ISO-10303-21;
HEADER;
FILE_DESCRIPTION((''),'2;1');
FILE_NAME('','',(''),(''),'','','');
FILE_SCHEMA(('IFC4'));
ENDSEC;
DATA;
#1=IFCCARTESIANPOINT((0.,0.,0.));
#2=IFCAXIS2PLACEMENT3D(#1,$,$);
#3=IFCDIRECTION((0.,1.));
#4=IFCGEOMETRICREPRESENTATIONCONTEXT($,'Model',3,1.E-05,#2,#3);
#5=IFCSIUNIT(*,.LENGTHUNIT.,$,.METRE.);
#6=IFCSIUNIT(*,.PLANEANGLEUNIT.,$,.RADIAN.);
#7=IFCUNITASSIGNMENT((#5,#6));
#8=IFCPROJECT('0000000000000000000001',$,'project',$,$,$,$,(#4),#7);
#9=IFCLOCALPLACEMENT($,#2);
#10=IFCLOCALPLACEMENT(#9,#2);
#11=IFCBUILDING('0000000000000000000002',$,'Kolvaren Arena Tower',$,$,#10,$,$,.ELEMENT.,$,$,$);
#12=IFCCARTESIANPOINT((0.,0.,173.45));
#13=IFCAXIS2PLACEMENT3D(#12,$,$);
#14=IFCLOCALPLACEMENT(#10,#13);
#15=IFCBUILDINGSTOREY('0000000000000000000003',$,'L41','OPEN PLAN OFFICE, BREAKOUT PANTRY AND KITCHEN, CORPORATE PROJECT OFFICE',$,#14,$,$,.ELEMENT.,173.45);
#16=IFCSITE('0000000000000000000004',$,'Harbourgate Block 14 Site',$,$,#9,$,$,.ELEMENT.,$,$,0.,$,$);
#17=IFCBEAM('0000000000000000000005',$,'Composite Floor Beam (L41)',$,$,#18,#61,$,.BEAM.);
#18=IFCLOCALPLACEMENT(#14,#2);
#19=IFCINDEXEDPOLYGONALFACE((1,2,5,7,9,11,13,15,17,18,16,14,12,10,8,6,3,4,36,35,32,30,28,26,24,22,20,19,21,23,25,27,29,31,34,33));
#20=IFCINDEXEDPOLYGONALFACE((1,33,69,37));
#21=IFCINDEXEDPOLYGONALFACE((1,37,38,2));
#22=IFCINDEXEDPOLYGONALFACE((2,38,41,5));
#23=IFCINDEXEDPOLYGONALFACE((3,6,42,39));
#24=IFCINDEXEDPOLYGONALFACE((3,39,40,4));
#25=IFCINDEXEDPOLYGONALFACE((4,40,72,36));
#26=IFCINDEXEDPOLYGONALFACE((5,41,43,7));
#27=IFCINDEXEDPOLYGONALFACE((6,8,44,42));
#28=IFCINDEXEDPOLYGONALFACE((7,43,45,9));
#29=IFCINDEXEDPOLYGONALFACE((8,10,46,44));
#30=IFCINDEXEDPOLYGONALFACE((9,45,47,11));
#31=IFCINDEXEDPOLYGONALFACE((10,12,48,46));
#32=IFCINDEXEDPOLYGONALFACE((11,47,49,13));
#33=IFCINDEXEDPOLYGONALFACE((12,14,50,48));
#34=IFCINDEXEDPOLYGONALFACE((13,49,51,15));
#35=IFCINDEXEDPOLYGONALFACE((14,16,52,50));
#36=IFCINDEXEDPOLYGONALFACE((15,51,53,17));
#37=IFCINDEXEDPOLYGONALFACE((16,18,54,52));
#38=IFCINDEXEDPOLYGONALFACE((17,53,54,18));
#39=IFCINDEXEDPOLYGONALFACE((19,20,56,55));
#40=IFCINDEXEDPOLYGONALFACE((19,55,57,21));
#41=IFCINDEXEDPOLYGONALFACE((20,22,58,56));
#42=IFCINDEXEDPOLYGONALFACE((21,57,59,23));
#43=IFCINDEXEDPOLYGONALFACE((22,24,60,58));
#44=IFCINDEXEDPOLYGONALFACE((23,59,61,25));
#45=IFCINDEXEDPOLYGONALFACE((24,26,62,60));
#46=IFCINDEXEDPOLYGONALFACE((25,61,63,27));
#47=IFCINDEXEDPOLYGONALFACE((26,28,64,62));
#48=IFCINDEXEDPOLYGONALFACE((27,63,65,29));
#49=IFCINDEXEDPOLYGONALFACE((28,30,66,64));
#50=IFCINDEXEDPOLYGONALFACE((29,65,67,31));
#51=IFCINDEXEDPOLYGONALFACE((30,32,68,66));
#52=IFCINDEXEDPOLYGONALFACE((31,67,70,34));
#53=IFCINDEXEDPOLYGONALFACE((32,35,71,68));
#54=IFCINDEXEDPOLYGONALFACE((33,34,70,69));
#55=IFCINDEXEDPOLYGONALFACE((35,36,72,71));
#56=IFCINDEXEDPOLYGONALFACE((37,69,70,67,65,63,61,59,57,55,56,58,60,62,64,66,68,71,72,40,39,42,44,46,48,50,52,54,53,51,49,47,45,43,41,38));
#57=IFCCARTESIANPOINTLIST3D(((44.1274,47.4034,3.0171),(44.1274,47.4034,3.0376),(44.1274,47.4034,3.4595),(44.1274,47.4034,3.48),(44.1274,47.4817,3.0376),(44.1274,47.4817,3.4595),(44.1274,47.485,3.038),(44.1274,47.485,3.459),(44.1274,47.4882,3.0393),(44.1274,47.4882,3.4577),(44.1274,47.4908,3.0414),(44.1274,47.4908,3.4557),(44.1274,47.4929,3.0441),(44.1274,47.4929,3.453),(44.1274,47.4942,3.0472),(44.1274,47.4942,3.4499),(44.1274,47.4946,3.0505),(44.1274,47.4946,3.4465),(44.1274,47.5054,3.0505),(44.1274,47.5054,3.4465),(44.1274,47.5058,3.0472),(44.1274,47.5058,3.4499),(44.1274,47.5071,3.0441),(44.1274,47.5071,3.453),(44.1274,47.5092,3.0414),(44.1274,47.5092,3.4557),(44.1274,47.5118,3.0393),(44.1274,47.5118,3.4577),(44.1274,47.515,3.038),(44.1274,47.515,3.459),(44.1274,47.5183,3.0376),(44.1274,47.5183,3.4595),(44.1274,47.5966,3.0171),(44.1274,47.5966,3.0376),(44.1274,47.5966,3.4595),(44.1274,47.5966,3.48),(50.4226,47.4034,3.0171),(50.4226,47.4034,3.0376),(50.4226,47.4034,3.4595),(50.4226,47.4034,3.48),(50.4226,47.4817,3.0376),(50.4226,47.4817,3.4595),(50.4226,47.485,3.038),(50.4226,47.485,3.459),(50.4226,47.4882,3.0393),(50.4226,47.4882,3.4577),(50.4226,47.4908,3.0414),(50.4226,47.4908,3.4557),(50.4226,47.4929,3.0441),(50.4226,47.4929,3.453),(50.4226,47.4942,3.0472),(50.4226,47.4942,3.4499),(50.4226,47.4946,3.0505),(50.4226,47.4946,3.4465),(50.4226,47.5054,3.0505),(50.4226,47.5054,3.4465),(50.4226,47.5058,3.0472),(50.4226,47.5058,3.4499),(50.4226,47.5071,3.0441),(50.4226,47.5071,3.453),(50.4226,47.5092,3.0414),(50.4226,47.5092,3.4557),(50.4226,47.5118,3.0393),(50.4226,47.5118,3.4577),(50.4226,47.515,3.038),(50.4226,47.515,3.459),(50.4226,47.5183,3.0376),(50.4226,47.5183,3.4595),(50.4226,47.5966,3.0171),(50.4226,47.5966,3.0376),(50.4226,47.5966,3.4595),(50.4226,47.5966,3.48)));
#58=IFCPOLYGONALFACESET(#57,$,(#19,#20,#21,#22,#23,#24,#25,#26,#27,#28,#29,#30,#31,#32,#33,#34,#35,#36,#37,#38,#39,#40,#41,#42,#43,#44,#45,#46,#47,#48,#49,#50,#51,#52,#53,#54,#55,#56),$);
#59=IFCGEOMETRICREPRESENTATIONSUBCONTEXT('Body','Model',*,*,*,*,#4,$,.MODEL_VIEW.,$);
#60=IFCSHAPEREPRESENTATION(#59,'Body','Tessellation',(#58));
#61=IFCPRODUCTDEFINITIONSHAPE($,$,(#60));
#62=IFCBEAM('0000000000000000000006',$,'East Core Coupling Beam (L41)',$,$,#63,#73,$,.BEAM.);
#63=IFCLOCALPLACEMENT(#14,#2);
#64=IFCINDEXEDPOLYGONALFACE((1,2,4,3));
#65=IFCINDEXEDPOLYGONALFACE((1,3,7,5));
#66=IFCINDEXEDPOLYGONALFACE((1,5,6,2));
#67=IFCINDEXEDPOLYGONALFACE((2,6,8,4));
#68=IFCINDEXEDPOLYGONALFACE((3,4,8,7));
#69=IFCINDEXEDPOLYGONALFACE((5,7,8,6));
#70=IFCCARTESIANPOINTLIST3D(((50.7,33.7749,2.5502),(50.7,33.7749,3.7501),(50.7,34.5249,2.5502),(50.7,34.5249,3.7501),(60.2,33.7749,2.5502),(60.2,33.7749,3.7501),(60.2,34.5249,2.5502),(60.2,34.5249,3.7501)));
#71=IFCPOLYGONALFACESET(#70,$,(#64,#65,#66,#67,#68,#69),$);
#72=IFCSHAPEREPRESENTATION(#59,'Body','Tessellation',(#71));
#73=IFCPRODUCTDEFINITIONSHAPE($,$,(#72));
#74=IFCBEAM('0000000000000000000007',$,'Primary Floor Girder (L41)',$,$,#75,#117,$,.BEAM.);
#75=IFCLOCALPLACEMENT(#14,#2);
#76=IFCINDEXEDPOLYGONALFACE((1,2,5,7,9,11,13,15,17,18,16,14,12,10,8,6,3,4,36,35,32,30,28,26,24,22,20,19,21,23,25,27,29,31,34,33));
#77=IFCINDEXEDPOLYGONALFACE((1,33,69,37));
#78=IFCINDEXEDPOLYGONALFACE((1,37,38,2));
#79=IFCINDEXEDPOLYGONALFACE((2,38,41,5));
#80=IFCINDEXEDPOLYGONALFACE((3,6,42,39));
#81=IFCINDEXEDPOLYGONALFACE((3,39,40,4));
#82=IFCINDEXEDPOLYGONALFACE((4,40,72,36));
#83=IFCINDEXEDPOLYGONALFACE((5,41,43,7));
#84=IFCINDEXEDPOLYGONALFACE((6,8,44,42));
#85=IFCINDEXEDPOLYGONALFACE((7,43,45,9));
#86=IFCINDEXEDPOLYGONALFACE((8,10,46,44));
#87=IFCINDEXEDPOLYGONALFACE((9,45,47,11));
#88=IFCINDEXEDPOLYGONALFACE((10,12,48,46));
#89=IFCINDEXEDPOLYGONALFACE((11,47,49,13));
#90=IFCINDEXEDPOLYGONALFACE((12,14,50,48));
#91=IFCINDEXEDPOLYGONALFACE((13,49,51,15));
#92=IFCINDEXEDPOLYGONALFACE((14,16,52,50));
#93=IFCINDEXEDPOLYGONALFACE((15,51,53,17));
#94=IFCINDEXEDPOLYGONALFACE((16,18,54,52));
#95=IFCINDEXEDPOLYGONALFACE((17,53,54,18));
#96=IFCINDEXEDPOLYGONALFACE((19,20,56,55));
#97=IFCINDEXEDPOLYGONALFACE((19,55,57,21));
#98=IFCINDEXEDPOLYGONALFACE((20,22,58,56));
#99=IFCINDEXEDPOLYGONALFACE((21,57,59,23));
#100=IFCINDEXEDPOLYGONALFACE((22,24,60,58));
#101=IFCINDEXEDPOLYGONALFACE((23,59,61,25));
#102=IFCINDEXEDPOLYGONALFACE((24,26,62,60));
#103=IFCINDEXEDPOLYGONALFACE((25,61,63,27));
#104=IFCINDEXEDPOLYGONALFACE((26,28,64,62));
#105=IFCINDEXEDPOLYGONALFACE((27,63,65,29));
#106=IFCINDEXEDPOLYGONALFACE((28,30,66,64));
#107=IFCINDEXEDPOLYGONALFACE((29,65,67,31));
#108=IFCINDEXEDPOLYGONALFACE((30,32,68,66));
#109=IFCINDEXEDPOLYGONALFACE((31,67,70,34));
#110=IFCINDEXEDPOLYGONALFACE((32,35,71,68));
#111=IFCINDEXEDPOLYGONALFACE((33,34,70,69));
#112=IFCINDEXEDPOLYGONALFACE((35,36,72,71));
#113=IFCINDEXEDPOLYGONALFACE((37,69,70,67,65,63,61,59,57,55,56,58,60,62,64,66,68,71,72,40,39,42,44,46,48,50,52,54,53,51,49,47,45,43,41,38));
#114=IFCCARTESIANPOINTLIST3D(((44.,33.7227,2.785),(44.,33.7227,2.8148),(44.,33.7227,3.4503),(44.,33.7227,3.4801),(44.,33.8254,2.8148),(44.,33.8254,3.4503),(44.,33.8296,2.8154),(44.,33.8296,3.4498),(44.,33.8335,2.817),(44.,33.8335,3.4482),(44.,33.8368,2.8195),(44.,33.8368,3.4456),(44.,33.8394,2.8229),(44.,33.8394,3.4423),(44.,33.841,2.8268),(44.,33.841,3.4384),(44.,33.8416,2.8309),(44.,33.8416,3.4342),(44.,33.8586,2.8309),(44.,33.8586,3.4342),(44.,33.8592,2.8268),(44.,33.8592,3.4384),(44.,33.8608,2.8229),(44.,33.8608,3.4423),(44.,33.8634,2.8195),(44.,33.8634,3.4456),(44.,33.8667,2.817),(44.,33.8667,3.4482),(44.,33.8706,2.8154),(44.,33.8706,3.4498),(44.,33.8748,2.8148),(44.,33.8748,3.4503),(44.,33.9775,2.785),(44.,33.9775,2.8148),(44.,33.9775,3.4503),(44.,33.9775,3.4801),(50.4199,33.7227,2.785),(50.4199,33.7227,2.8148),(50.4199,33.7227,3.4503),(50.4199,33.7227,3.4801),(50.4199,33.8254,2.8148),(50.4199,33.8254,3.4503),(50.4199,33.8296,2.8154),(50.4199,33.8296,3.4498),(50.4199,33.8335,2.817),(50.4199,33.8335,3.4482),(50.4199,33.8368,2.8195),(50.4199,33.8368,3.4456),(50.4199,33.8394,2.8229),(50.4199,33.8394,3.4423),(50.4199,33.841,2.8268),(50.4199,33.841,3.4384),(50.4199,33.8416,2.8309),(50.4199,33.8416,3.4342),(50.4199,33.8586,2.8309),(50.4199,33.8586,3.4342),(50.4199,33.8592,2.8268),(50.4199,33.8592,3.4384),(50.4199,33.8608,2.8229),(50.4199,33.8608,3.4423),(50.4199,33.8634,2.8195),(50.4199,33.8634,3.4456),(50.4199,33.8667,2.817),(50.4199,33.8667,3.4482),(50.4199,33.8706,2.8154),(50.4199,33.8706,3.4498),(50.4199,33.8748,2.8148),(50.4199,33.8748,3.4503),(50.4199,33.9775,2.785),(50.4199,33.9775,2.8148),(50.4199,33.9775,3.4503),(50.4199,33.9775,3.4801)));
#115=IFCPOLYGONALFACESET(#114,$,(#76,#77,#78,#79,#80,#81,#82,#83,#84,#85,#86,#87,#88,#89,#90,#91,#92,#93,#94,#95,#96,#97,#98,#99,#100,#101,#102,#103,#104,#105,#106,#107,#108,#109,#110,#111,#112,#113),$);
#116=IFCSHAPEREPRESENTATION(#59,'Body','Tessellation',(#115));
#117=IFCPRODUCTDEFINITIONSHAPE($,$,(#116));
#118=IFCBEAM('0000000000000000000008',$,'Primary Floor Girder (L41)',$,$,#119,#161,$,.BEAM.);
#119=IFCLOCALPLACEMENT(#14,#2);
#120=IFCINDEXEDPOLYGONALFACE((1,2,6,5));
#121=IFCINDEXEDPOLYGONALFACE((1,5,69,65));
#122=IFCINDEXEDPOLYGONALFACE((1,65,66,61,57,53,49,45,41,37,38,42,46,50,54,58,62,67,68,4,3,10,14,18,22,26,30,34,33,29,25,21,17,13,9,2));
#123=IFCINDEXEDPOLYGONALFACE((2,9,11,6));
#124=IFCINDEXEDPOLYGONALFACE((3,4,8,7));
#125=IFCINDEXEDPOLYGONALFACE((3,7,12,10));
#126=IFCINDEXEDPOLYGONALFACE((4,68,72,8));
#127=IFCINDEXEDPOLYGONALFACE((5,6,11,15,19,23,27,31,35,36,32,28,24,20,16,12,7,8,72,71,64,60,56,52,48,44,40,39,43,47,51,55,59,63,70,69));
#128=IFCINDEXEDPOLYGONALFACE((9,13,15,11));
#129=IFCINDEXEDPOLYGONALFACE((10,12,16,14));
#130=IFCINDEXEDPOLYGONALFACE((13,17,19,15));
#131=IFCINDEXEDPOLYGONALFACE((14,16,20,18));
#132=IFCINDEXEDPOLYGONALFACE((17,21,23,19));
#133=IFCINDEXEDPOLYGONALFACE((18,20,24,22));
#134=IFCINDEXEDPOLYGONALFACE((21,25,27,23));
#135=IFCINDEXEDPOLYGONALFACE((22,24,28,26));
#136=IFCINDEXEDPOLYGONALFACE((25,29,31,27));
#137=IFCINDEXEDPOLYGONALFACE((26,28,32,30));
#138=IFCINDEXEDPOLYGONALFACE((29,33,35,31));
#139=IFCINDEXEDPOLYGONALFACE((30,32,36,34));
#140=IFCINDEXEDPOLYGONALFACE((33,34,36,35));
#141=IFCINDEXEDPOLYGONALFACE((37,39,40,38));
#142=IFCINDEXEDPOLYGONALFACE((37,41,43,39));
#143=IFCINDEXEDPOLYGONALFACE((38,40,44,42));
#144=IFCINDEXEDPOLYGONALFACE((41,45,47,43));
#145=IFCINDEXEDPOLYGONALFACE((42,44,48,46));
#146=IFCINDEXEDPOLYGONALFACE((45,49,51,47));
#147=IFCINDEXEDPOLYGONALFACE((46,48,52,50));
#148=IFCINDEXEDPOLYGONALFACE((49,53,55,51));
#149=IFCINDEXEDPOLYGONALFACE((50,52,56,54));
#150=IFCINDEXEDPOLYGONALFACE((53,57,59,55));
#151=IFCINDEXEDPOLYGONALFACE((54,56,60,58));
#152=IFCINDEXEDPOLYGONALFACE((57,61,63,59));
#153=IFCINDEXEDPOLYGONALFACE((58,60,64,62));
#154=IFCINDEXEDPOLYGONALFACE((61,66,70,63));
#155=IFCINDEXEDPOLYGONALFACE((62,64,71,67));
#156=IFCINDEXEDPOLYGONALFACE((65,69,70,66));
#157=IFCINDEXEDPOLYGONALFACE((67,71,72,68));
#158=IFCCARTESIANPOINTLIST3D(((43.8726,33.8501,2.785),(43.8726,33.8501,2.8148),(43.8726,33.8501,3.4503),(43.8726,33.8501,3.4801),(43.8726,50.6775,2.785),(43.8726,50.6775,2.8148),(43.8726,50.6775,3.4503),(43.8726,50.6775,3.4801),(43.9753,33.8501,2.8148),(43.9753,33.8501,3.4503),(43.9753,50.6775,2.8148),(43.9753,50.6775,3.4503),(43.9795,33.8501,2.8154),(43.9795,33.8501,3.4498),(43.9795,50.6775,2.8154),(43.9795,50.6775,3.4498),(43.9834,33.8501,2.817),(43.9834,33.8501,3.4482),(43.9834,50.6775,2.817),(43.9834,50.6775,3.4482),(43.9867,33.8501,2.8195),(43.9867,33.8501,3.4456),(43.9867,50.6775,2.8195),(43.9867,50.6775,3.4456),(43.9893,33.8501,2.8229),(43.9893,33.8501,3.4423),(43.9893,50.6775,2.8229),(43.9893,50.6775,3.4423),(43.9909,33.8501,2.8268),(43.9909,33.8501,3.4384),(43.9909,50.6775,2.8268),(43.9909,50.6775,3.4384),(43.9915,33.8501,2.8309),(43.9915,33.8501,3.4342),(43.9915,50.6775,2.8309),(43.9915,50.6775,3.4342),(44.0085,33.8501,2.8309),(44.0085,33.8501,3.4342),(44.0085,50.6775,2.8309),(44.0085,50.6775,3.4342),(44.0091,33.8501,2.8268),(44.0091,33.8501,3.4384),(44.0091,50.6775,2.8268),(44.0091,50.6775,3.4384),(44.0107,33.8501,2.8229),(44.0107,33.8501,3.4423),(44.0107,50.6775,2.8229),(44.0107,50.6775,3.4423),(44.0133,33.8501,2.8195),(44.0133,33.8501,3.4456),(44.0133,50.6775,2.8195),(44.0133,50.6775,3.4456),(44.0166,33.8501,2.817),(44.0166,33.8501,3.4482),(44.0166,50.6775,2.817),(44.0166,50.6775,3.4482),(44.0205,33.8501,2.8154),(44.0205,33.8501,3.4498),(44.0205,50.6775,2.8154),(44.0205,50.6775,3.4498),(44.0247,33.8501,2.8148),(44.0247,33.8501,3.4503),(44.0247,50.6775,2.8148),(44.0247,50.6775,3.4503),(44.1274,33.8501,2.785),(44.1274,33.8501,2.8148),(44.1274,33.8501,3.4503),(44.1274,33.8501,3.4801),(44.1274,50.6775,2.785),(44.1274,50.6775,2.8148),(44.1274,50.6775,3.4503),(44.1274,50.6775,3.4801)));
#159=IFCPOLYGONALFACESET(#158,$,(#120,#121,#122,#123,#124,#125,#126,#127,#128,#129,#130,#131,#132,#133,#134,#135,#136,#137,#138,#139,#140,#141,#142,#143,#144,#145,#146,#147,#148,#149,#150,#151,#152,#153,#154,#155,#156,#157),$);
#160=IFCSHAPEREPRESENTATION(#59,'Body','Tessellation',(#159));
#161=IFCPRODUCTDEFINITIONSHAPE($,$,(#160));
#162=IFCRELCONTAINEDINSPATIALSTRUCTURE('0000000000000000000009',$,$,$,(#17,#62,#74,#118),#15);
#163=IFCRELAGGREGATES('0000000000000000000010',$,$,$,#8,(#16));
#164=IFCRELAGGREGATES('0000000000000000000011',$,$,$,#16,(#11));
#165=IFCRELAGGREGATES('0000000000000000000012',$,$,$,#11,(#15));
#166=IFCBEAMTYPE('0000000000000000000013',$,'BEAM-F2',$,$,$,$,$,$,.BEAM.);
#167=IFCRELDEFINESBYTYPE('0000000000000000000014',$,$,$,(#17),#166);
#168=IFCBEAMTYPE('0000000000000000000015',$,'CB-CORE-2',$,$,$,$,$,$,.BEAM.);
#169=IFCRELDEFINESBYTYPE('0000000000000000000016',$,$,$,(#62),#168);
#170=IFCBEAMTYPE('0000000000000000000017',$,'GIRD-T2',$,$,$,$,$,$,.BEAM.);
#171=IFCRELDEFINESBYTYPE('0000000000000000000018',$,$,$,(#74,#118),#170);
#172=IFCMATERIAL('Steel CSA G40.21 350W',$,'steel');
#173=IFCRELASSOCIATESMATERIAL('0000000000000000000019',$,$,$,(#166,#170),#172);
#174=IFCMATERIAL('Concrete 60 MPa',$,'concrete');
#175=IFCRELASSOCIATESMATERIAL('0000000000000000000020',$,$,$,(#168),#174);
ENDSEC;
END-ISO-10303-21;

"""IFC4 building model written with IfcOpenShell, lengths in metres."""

from ifc_helpers import new_model, si_unit, direction, frame, origin, origin_2d, place, context, subcontext, project, spatial, rectangle, i_section, extrude, material, material_profile, profile_set, type_object, element, save


model = new_model("IFC4")

# Units and contexts
model_context = context("Model", 3, precision=1e-05, world=origin(), true_north=direction((0.0, 1.0)))
body_context = subcontext(model_context, "Body", "Model", "MODEL_VIEW")
ifc_project = project(units=[si_unit("LENGTHUNIT", "METRE"), si_unit("PLANEANGLEUNIT", "RADIAN")], contexts=[model_context])

# Site, building, storey
site_placement = place(None, origin())
site = spatial("IfcSite", under=ifc_project, at=site_placement, Name="Harbourgate Block 14 Site", CompositionType="ELEMENT", RefElevation=0.0)
building_placement = place(site_placement, origin())
building = spatial("IfcBuilding", under=site, at=building_placement, Name="Kolvaren Arena Tower", CompositionType="ELEMENT")
storey_placement = place(building_placement, frame((0.0, 0.0, 173.45)))
storey = spatial("IfcBuildingStorey", under=building, at=storey_placement, Name="L41", Description="OPEN PLAN OFFICE, BREAKOUT PANTRY AND KITCHEN, CORPORATE PROJECT OFFICE", CompositionType="ELEMENT", Elevation=173.45)

# Beams
ifc_material_1 = material(Name="Steel CSA G40.21 350W", Category="steel")
ifc_material_profile_1 = material_profile(ifc_material_1, i_section(OverallWidth=0.1931, OverallDepth=0.4629, WebThickness=0.0107, FlangeThickness=0.0205, FilletRadius=0.0129, at=origin_2d()), Name="W460x113")
ifc_profile_set_1 = profile_set([ifc_material_profile_1], Name="Steel CSA G40.21 350W")
beam_type_1 = type_object("IfcBeamType", Name="BEAM-F2", PredefinedType="BEAM", material=ifc_profile_set_1)
beam_1_placement = place(storey_placement, frame((44.1274, 47.5, 3.2485), z_axis=(1.0, 0.0, 0.0), x_axis=(0.0, 1.0, 0.0)))
element("IfcBeam", 1, at=beam_1_placement, inside=storey, type_object=beam_type_1, Name="Composite Floor Beam (L41)", PredefinedType="BEAM", context=body_context, shape_type="SweptSolid", body=[
    extrude(i_section(OverallWidth=0.1931, OverallDepth=0.4629, WebThickness=0.0107, FlangeThickness=0.0205, FilletRadius=0.0129, at=origin_2d()), origin(), (0.0, 0.0, 1.0), 6.2952),
])
ifc_material_2 = material(Name="Concrete 60 MPa", Category="concrete")
ifc_material_profile_2 = material_profile(ifc_material_2, rectangle(XDim=0.75, YDim=1.2, at=origin_2d()), Name="RC-750x1200")
ifc_profile_set_2 = profile_set([ifc_material_profile_2], Name="Concrete 60 MPa")
beam_type_2 = type_object("IfcBeamType", Name="CB-CORE-2", PredefinedType="BEAM", material=ifc_profile_set_2)
beam_2_placement = place(storey_placement, frame((50.7, 34.1499, 3.1501), z_axis=(1.0, 0.0, 0.0), x_axis=(0.0, 1.0, 0.0)))
element("IfcBeam", 2, at=beam_2_placement, inside=storey, type_object=beam_type_2, Name="East Core Coupling Beam (L41)", PredefinedType="BEAM", context=body_context, shape_type="SweptSolid", body=[
    extrude(rectangle(XDim=0.75, YDim=1.2, at=origin_2d()), origin(), (0.0, 0.0, 1.0), 9.5),
])
ifc_material_profile_3 = material_profile(ifc_material_1, i_section(OverallWidth=0.2549, OverallDepth=0.6951, WebThickness=0.0171, FlangeThickness=0.0298, FilletRadius=0.0161, at=origin_2d()), Name="W690x217")
ifc_profile_set_3 = profile_set([ifc_material_profile_3], Name="Steel CSA G40.21 350W")
beam_type_3 = type_object("IfcBeamType", Name="GIRD-T2", PredefinedType="BEAM", material=ifc_profile_set_3)
beam_3_placement = place(storey_placement, frame((44.0, 33.8501, 3.1326), z_axis=(1.0, 0.0, 0.0), x_axis=(0.0, 1.0, 0.0)))
element("IfcBeam", 3, at=beam_3_placement, inside=storey, type_object=beam_type_3, Name="Primary Floor Girder (L41)", PredefinedType="BEAM", context=body_context, shape_type="SweptSolid", body=[
    extrude(i_section(OverallWidth=0.2549, OverallDepth=0.6951, WebThickness=0.0171, FlangeThickness=0.0298, FilletRadius=0.0161, at=origin_2d()), origin(), (0.0, 0.0, 1.0), 6.4199),
])
beam_4_placement = place(storey_placement, frame((44.0, 33.8501, 3.1326), z_axis=(0.0, 1.0, 0.0), x_axis=(-1.0, 0.0, 0.0)))
element("IfcBeam", 4, at=beam_4_placement, inside=storey, type_object=beam_type_3, Name="Primary Floor Girder (L41)", PredefinedType="BEAM", context=body_context, shape_type="SweptSolid", body=[
    extrude(i_section(OverallWidth=0.2549, OverallDepth=0.6951, WebThickness=0.0171, FlangeThickness=0.0298, FilletRadius=0.0161, at=origin_2d()), origin(), (0.0, 0.0, 1.0), 16.8274),
])

save(model, "model.ifc")
